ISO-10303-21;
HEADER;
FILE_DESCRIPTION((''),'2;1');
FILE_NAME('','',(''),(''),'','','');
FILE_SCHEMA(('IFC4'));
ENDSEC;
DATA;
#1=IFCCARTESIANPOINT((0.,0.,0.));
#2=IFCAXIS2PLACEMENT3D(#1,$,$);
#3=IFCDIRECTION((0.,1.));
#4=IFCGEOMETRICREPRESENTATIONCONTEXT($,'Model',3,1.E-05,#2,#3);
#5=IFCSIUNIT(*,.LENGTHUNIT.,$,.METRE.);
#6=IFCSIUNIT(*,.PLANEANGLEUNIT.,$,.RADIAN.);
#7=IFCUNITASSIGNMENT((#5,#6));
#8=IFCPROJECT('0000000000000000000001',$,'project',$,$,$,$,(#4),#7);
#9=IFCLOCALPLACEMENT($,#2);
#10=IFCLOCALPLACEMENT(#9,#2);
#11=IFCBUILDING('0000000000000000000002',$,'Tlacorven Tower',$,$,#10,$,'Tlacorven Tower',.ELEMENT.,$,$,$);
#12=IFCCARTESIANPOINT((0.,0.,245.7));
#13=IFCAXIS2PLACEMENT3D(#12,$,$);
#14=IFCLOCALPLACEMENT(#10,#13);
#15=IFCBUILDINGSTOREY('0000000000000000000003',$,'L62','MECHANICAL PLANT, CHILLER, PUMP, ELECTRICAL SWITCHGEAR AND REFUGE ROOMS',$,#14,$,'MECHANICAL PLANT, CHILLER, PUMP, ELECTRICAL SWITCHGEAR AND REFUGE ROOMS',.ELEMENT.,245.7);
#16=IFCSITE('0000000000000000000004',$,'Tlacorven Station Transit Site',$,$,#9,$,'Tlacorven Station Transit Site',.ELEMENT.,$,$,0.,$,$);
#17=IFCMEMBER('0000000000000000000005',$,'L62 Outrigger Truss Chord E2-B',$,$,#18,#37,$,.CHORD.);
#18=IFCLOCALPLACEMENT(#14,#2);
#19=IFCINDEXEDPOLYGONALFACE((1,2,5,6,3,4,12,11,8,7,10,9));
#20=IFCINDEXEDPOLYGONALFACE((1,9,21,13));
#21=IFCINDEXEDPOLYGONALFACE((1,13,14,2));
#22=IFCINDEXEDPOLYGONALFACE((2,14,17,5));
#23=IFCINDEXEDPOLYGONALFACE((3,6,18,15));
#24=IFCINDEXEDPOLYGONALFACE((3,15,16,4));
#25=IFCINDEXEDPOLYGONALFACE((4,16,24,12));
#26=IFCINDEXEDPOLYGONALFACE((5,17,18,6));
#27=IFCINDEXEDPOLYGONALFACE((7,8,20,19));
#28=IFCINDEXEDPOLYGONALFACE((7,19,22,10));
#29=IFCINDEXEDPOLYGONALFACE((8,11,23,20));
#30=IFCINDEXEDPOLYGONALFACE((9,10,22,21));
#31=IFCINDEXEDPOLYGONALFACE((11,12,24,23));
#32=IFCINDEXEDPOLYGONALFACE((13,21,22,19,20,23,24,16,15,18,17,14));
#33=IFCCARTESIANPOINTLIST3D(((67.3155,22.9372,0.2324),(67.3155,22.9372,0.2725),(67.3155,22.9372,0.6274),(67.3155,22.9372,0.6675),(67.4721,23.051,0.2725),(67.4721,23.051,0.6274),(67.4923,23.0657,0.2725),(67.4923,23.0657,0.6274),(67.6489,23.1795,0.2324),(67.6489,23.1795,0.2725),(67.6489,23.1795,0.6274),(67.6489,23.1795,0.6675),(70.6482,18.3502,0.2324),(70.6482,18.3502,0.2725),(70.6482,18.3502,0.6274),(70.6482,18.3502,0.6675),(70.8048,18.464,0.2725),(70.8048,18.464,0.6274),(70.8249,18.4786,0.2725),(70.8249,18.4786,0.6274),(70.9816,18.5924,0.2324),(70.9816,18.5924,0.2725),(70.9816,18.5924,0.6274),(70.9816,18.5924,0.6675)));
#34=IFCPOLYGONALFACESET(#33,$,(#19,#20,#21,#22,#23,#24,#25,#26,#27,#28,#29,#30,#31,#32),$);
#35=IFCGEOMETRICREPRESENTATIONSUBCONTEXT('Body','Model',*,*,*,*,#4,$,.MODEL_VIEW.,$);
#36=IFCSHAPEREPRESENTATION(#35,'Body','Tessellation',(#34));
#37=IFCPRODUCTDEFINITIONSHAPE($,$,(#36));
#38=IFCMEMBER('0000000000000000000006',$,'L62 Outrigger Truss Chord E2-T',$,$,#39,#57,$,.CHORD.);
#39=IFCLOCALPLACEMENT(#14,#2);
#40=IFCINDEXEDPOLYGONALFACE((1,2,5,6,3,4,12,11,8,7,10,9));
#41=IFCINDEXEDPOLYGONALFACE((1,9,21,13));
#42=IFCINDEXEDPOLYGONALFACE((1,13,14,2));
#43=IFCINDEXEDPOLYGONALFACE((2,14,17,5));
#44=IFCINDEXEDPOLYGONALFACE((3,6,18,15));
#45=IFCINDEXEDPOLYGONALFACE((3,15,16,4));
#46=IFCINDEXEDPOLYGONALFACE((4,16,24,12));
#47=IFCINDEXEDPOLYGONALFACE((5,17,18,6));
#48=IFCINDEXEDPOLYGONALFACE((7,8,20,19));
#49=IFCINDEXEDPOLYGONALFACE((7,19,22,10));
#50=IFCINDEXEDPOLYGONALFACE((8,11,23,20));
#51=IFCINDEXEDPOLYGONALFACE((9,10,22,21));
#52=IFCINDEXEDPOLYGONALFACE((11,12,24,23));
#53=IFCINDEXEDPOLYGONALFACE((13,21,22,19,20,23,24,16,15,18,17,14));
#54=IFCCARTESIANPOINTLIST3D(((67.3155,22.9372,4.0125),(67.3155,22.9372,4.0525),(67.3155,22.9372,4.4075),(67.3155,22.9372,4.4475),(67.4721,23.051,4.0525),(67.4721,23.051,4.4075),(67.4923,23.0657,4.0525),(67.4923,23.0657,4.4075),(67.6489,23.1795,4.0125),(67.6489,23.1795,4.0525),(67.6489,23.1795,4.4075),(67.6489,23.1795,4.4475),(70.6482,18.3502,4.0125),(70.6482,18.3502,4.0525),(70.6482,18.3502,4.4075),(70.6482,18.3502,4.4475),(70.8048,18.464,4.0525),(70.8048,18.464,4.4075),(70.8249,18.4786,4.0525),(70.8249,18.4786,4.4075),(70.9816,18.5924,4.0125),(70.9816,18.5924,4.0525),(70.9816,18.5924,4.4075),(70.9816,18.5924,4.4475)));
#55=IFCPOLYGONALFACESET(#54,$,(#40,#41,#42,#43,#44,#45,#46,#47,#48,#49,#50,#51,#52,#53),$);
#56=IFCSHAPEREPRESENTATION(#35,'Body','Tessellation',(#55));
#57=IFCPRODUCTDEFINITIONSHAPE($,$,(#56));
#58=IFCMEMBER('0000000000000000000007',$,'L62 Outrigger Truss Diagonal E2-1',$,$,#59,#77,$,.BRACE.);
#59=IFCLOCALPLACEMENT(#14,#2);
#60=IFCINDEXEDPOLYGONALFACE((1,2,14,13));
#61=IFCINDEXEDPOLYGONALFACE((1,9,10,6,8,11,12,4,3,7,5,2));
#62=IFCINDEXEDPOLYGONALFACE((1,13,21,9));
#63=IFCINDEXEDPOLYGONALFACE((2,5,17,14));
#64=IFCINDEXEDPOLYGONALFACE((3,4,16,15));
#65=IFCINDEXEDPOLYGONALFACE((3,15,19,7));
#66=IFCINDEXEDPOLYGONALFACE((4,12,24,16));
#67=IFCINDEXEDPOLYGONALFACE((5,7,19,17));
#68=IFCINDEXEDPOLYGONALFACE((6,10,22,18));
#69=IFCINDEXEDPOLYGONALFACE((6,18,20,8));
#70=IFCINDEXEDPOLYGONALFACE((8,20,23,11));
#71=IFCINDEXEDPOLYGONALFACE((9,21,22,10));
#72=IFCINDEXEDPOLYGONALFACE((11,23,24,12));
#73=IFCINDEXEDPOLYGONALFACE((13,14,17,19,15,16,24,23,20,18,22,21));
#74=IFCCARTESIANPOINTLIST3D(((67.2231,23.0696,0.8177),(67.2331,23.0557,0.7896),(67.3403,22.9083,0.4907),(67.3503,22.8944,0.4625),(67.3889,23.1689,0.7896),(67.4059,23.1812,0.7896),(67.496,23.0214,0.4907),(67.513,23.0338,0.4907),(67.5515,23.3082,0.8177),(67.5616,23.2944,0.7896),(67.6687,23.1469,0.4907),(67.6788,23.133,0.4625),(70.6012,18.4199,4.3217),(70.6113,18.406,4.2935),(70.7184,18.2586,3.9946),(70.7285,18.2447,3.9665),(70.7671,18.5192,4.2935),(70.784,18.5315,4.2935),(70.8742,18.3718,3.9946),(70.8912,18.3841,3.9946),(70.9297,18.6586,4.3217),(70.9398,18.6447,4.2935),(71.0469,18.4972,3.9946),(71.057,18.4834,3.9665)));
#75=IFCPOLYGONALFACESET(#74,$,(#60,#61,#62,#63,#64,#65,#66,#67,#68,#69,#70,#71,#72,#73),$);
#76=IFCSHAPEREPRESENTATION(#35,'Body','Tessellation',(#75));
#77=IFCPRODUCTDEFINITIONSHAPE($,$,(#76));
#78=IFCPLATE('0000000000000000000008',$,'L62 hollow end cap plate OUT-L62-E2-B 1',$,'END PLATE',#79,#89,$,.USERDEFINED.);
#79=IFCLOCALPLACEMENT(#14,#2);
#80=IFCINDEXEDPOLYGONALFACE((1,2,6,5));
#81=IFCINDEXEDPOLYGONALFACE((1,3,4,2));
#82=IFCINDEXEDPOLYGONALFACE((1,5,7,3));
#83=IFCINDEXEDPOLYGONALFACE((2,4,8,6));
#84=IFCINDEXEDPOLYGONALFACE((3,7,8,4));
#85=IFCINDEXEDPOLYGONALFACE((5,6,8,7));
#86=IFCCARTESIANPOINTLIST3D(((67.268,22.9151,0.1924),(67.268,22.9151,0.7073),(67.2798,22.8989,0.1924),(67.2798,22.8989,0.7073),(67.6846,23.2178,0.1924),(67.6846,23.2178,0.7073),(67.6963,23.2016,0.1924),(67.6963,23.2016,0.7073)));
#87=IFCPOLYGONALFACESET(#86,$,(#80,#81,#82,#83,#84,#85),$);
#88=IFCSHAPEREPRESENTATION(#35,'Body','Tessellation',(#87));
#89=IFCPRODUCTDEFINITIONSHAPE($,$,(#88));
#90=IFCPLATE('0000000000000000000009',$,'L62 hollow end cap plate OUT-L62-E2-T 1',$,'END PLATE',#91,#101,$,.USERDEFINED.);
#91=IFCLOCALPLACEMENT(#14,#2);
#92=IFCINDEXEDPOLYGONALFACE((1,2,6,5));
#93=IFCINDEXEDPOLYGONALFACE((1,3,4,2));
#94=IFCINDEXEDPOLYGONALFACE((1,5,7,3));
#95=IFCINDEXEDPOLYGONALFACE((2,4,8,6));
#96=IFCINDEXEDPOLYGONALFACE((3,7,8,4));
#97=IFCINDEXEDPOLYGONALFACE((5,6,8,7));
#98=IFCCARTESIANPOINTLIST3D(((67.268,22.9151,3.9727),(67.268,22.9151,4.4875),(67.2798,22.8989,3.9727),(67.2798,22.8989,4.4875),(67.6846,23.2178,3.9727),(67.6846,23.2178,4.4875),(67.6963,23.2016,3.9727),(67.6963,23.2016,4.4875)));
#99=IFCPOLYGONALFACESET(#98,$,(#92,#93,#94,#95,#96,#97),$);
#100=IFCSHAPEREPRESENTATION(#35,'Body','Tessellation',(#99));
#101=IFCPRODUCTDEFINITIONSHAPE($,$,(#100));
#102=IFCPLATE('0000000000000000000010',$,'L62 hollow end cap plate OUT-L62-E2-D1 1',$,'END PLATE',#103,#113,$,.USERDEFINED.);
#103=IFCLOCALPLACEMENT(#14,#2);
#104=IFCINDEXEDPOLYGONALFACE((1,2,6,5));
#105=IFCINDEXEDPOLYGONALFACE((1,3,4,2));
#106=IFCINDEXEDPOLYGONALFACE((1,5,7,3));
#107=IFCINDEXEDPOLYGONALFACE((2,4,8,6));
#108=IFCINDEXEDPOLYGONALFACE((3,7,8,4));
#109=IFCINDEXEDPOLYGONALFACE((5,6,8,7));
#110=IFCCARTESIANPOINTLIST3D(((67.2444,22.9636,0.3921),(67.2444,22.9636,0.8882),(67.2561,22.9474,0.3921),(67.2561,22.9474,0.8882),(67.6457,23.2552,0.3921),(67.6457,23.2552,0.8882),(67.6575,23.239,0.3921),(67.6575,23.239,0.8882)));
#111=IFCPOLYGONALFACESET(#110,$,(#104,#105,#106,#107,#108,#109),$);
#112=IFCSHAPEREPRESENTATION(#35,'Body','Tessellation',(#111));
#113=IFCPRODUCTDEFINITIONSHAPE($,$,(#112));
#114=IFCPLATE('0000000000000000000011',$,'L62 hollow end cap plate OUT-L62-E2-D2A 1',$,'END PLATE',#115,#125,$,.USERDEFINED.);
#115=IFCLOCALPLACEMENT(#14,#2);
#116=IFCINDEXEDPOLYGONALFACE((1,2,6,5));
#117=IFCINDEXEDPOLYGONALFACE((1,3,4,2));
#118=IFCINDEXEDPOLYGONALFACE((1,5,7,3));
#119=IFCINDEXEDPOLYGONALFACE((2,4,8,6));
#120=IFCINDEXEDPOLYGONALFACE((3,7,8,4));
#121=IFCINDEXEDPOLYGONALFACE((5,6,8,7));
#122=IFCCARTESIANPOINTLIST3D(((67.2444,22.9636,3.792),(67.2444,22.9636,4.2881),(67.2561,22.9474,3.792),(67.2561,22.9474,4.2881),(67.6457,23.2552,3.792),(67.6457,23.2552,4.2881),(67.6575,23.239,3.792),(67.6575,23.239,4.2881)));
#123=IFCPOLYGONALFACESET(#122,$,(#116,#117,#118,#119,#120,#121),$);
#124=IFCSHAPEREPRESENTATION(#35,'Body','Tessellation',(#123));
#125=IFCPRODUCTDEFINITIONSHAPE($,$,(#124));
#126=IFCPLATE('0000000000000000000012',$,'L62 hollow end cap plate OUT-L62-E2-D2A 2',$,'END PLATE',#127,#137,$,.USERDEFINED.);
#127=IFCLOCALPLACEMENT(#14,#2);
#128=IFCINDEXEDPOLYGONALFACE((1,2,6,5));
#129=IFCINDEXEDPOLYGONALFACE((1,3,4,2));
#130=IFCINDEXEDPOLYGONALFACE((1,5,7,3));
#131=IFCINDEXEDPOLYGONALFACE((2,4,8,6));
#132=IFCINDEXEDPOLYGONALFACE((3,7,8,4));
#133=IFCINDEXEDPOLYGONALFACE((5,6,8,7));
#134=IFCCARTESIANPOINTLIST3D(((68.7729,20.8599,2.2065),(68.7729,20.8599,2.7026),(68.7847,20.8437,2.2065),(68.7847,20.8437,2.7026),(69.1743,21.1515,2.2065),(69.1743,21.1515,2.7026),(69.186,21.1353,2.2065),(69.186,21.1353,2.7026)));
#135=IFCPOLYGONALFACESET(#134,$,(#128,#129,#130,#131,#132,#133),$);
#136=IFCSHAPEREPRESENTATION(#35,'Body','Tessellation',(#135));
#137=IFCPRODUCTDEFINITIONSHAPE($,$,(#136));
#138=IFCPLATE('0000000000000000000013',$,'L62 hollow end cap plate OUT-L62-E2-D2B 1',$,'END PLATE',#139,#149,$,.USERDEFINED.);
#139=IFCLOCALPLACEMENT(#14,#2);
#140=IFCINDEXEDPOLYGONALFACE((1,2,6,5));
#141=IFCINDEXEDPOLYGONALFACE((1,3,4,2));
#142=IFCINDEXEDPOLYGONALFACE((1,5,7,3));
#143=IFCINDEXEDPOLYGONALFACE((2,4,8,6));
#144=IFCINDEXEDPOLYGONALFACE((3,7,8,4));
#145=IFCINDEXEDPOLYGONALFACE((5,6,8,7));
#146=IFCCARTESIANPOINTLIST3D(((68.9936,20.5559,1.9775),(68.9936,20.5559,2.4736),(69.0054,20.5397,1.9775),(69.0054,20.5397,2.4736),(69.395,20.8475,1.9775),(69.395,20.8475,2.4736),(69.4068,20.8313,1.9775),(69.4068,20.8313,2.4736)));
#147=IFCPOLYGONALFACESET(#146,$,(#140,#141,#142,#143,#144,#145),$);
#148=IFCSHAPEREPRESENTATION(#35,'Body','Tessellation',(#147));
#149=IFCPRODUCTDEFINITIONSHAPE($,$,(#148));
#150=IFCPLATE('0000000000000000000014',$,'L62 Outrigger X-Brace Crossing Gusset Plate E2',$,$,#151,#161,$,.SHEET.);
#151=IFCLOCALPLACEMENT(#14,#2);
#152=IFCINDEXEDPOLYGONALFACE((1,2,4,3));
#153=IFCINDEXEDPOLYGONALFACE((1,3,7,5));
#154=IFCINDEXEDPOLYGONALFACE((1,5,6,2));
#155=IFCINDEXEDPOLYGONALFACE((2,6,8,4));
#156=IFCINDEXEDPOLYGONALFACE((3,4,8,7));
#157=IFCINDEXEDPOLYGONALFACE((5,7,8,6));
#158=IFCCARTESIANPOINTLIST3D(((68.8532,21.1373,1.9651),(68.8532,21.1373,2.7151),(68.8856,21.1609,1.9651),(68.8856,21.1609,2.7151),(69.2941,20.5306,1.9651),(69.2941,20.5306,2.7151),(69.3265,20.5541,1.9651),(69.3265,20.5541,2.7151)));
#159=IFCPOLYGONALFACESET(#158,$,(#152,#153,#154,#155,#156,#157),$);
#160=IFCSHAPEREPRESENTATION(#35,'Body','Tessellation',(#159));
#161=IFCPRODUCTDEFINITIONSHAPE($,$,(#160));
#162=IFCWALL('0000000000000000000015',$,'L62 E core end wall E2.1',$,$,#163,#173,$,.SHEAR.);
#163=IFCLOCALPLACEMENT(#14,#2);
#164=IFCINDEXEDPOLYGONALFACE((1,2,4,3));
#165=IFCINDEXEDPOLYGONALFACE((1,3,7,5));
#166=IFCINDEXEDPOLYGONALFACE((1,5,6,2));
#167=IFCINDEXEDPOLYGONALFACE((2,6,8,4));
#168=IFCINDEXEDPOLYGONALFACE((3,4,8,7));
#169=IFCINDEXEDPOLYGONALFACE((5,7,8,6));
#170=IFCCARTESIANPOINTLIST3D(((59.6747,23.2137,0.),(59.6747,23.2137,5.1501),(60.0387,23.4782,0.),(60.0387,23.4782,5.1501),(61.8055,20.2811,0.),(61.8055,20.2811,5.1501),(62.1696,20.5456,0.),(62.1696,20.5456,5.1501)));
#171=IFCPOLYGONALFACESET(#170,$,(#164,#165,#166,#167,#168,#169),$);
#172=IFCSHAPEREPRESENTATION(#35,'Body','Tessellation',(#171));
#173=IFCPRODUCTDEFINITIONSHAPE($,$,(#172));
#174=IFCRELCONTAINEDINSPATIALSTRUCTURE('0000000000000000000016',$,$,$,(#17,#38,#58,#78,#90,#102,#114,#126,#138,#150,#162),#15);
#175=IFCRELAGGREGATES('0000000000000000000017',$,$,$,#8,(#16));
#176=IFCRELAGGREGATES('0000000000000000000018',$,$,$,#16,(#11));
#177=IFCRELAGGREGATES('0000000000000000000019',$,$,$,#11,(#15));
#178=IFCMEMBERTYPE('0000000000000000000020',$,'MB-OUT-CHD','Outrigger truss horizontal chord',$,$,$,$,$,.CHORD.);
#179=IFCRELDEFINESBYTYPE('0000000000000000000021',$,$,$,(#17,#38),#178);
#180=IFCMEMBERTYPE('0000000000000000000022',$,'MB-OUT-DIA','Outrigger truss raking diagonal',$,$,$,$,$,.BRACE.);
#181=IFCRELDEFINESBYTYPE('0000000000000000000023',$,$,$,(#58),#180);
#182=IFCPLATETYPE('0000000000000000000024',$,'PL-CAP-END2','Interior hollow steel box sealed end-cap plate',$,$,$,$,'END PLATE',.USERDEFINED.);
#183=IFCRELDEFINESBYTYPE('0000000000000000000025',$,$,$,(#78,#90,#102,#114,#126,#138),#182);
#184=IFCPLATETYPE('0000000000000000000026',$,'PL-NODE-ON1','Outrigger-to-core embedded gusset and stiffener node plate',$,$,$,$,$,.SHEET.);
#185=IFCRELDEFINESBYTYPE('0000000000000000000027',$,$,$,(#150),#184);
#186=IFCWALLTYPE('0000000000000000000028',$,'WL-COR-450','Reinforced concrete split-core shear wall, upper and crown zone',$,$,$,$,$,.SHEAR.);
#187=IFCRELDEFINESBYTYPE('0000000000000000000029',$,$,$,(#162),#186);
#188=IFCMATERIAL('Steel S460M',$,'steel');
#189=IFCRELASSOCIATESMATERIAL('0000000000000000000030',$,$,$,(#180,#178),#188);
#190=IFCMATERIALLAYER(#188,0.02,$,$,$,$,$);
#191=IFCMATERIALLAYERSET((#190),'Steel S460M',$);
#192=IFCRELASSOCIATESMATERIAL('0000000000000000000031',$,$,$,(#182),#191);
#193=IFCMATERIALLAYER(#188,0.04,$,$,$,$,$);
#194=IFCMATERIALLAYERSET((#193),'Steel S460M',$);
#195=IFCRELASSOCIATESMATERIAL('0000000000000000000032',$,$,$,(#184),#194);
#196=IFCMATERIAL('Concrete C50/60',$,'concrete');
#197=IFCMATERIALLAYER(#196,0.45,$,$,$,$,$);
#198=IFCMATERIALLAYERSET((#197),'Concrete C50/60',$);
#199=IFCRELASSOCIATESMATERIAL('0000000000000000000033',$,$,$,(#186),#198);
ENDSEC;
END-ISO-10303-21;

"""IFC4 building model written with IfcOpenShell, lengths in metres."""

from ifc_helpers import new_model, si_unit, direction, frame, frame_2d, origin, origin_2d, place, context, subcontext, project, spatial, rectangle, i_section, extrude, source, transform, mapped, material, layer, layer_set, material_profile, profile_set, type_object, element, save


model = new_model("IFC4")

# Units and contexts
model_context = context("Model", 3, precision=1e-05, world=origin(), true_north=direction((0.0, 1.0)))
body_context = subcontext(model_context, "Body", "Model", "MODEL_VIEW")
ifc_project = project(units=[si_unit("LENGTHUNIT", "METRE"), si_unit("PLANEANGLEUNIT", "RADIAN")], contexts=[model_context])

# Site, building, storey
site_placement = place(None, origin())
site = spatial("IfcSite", under=ifc_project, at=site_placement, Name="Tlacorven Station Transit Site", LongName="Tlacorven Station Transit Site", CompositionType="ELEMENT", RefElevation=0.0)
building_placement = place(site_placement, origin())
building = spatial("IfcBuilding", under=site, at=building_placement, Name="Tlacorven Tower", LongName="Tlacorven Tower", CompositionType="ELEMENT")
storey_placement = place(building_placement, frame((0.0, 0.0, 245.7)))
storey = spatial("IfcBuildingStorey", under=building, at=storey_placement, Name="L62", Description="MECHANICAL PLANT, CHILLER, PUMP, ELECTRICAL SWITCHGEAR AND REFUGE ROOMS", LongName="MECHANICAL PLANT, CHILLER, PUMP, ELECTRICAL SWITCHGEAR AND REFUGE ROOMS", CompositionType="ELEMENT", Elevation=245.7)

# Shared definitions
ifc_material_1 = material(Name="Steel S460M", Category="steel")

# Shared definitions
ifc_material_profile_1 = material_profile(ifc_material_1, i_section(OverallWidth=0.406, OverallDepth=0.416, WebThickness=0.021, FlangeThickness=0.033, at=origin_2d()), Name="HD 400X382")
ifc_profile_set_1 = profile_set([ifc_material_profile_1], Name="Steel S460M")
member_type_1 = type_object("IfcMemberType", Name="MB-OUT-DIA", Description="Outrigger truss raking diagonal", PredefinedType="BRACE", material=ifc_profile_set_1)

# Members
ifc_material_profile_2 = material_profile(ifc_material_1, i_section(OverallWidth=0.4121, OverallDepth=0.4351, WebThickness=0.0249, FlangeThickness=0.04, at=origin_2d()), Name="HD 400X463")
ifc_profile_set_2 = profile_set([ifc_material_profile_2], Name="Steel S460M")
member_type_2 = type_object("IfcMemberType", Name="MB-OUT-CHD", Description="Outrigger truss horizontal chord", PredefinedType="CHORD", material=ifc_profile_set_2)
shared_shape_1 = source(origin(), body_context, "Body", "SweptSolid", [
    extrude(i_section(OverallWidth=0.4121, OverallDepth=0.4351, WebThickness=0.0249, FlangeThickness=0.04, at=origin_2d()), origin(), (0.0, 0.0, 1.0), 5.6699),
])
for number, where, z_axis, x_axis, name in (
    (1, (67.4822, 23.0583, 0.45), (0.587785, -0.809017, 0.0), (0.809017, 0.587785, 0.0), "L62 Outrigger Truss Chord E2-B"),
    (2, (67.4822, 23.0583, 4.23), (0.587785, -0.809017, 0.0), (0.809017, 0.587785, 0.0), "L62 Outrigger Truss Chord E2-T"),
):
    element("IfcMember", number, at=place(storey_placement, frame(where, z_axis=z_axis, x_axis=x_axis)), inside=storey, type_object=member_type_2, Name=name, PredefinedType="CHORD", context=body_context, shape_type="MappedRepresentation", body=[
        mapped(shared_shape_1, transform((0.0, 0.0, 0.0), scale=1.0)),
    ])
shared_shape_2 = source(origin(), body_context, "Body", "SweptSolid", [
    extrude(i_section(OverallWidth=0.406, OverallDepth=0.416, WebThickness=0.021, FlangeThickness=0.033, at=origin_2d()), origin(), (0.0, 0.0, 1.0), 6.7312),
])
member_1_placement = place(storey_placement, frame((67.4509, 23.1013, 0.6401), z_axis=(0.50187, -0.690765, 0.520549), x_axis=(0.809017, 0.587785, 0.0)))
element("IfcMember", 3, at=member_1_placement, inside=storey, type_object=member_type_1, Name="L62 Outrigger Truss Diagonal E2-1", PredefinedType="BRACE", context=body_context, shape_type="MappedRepresentation", body=[
    mapped(shared_shape_2, transform((0.0, 0.0, 0.0), scale=1.0)),
])

# Plates
ifc_layer_1 = layer(ifc_material_1, 0.02)
ifc_layer_set_1 = layer_set([ifc_layer_1], Name="Steel S460M")
plate_type_1 = type_object("IfcPlateType", Name="PL-CAP-END2", Description="Interior hollow steel box sealed end-cap plate", ElementType="END PLATE", PredefinedType="USERDEFINED", material=ifc_layer_set_1)
shared_shape_3 = source(origin(), body_context, "Body", "SweptSolid", [
    extrude(rectangle(XDim=0.02, YDim=0.5149, at=origin_2d()), origin(), (0.0, 0.0, 1.0), 0.5149),
])
for number, where, z_axis, x_axis, name in (
    (4, (67.4822, 23.0583, 0.1924), (0.0, 0.0, 1.0), (0.587785, -0.809017, 0.0), "L62 hollow end cap plate OUT-L62-E2-B 1"),
    (5, (67.4822, 23.0583, 3.9727), (0.0, 0.0, 1.0), (0.587785, -0.809017, 0.0), "L62 hollow end cap plate OUT-L62-E2-T 1"),
):
    element("IfcPlate", number, at=place(storey_placement, frame(where, z_axis=z_axis, x_axis=x_axis)), inside=storey, type_object=plate_type_1, Name=name, ObjectType="END PLATE", PredefinedType="USERDEFINED", context=body_context, shape_type="MappedRepresentation", body=[
        mapped(shared_shape_3, transform((0.0, 0.0, 0.0), scale=1.0)),
    ])
shared_shape_4 = source(origin(), body_context, "Body", "SweptSolid", [
    extrude(rectangle(XDim=0.02, YDim=0.4961, at=origin_2d()), origin(), (0.0, 0.0, 1.0), 0.4961),
])
for number, where, z_axis, x_axis, name in (
    (6, (67.4509, 23.1013, 0.3921), (0.0, 0.0, 1.0), (0.587785, -0.809017, 0.0), "L62 hollow end cap plate OUT-L62-E2-D1 1"),
    (7, (67.4509, 23.1013, 3.792), (0.0, 0.0, 1.0), (0.587786, -0.809017, 0.0), "L62 hollow end cap plate OUT-L62-E2-D2A 1"),
    (8, (68.9795, 20.9976, 2.2065), (0.0, 0.0, 1.0), (0.587786, -0.809017, 0.0), "L62 hollow end cap plate OUT-L62-E2-D2A 2"),
    (9, (69.2002, 20.6936, 1.9775), (0.0, 0.0, 1.0), (0.587785, -0.809017, 0.0), "L62 hollow end cap plate OUT-L62-E2-D2B 1"),
):
    element("IfcPlate", number, at=place(storey_placement, frame(where, z_axis=z_axis, x_axis=x_axis)), inside=storey, type_object=plate_type_1, Name=name, ObjectType="END PLATE", PredefinedType="USERDEFINED", context=body_context, shape_type="MappedRepresentation", body=[
        mapped(shared_shape_4, transform((0.0, 0.0, 0.0), scale=1.0)),
    ])
ifc_layer_2 = layer(ifc_material_1, 0.04)
ifc_layer_set_2 = layer_set([ifc_layer_2], Name="Steel S460M")
plate_type_2 = type_object("IfcPlateType", Name="PL-NODE-ON1", Description="Outrigger-to-core embedded gusset and stiffener node plate", PredefinedType="SHEET", material=ifc_layer_set_2)
shared_shape_5 = source(origin(), body_context, "Body", "SweptSolid", [
    extrude(rectangle(XDim=0.75, YDim=0.04, at=origin_2d()), origin(), (0.0, 0.0, 1.0), 0.75),
])
plate_placement = place(storey_placement, frame((69.0898, 20.8457, 1.9651), z_axis=(0.0, 0.0, 1.0), x_axis=(-0.587785, 0.809017, 0.0)))
element("IfcPlate", 10, at=plate_placement, inside=storey, type_object=plate_type_2, Name="L62 Outrigger X-Brace Crossing Gusset Plate E2", PredefinedType="SHEET", context=body_context, shape_type="MappedRepresentation", body=[
    mapped(shared_shape_5, transform((0.0, 0.0, 0.0), scale=1.0)),
])

# Wall
ifc_material_2 = material(Name="Concrete C50/60", Category="concrete")
ifc_layer_3 = layer(ifc_material_2, 0.45)
ifc_layer_set_3 = layer_set([ifc_layer_3], Name="Concrete C50/60")
wall_type_1 = type_object("IfcWallType", Name="WL-COR-450", Description="Reinforced concrete split-core shear wall, upper and crown zone", PredefinedType="SHEAR", material=ifc_layer_set_3)
wall_1_placement = place(storey_placement, frame((61.9875, 20.4133, 0.0), z_axis=(0.0, 0.0, 1.0), x_axis=(-0.587819, 0.808992, 0.0)))
element("IfcWall", 11, at=wall_1_placement, inside=storey, type_object=wall_type_1, Name="L62 E core end wall E2.1", PredefinedType="SHEAR", context=body_context, shape_type="SweptSolid", body=[
    extrude(rectangle(XDim=3.625, YDim=0.45, at=frame_2d((1.8125, 0.0))), origin(), (0.0, 0.0, 1.0), 5.1501),
])

save(model, "model.ifc")
